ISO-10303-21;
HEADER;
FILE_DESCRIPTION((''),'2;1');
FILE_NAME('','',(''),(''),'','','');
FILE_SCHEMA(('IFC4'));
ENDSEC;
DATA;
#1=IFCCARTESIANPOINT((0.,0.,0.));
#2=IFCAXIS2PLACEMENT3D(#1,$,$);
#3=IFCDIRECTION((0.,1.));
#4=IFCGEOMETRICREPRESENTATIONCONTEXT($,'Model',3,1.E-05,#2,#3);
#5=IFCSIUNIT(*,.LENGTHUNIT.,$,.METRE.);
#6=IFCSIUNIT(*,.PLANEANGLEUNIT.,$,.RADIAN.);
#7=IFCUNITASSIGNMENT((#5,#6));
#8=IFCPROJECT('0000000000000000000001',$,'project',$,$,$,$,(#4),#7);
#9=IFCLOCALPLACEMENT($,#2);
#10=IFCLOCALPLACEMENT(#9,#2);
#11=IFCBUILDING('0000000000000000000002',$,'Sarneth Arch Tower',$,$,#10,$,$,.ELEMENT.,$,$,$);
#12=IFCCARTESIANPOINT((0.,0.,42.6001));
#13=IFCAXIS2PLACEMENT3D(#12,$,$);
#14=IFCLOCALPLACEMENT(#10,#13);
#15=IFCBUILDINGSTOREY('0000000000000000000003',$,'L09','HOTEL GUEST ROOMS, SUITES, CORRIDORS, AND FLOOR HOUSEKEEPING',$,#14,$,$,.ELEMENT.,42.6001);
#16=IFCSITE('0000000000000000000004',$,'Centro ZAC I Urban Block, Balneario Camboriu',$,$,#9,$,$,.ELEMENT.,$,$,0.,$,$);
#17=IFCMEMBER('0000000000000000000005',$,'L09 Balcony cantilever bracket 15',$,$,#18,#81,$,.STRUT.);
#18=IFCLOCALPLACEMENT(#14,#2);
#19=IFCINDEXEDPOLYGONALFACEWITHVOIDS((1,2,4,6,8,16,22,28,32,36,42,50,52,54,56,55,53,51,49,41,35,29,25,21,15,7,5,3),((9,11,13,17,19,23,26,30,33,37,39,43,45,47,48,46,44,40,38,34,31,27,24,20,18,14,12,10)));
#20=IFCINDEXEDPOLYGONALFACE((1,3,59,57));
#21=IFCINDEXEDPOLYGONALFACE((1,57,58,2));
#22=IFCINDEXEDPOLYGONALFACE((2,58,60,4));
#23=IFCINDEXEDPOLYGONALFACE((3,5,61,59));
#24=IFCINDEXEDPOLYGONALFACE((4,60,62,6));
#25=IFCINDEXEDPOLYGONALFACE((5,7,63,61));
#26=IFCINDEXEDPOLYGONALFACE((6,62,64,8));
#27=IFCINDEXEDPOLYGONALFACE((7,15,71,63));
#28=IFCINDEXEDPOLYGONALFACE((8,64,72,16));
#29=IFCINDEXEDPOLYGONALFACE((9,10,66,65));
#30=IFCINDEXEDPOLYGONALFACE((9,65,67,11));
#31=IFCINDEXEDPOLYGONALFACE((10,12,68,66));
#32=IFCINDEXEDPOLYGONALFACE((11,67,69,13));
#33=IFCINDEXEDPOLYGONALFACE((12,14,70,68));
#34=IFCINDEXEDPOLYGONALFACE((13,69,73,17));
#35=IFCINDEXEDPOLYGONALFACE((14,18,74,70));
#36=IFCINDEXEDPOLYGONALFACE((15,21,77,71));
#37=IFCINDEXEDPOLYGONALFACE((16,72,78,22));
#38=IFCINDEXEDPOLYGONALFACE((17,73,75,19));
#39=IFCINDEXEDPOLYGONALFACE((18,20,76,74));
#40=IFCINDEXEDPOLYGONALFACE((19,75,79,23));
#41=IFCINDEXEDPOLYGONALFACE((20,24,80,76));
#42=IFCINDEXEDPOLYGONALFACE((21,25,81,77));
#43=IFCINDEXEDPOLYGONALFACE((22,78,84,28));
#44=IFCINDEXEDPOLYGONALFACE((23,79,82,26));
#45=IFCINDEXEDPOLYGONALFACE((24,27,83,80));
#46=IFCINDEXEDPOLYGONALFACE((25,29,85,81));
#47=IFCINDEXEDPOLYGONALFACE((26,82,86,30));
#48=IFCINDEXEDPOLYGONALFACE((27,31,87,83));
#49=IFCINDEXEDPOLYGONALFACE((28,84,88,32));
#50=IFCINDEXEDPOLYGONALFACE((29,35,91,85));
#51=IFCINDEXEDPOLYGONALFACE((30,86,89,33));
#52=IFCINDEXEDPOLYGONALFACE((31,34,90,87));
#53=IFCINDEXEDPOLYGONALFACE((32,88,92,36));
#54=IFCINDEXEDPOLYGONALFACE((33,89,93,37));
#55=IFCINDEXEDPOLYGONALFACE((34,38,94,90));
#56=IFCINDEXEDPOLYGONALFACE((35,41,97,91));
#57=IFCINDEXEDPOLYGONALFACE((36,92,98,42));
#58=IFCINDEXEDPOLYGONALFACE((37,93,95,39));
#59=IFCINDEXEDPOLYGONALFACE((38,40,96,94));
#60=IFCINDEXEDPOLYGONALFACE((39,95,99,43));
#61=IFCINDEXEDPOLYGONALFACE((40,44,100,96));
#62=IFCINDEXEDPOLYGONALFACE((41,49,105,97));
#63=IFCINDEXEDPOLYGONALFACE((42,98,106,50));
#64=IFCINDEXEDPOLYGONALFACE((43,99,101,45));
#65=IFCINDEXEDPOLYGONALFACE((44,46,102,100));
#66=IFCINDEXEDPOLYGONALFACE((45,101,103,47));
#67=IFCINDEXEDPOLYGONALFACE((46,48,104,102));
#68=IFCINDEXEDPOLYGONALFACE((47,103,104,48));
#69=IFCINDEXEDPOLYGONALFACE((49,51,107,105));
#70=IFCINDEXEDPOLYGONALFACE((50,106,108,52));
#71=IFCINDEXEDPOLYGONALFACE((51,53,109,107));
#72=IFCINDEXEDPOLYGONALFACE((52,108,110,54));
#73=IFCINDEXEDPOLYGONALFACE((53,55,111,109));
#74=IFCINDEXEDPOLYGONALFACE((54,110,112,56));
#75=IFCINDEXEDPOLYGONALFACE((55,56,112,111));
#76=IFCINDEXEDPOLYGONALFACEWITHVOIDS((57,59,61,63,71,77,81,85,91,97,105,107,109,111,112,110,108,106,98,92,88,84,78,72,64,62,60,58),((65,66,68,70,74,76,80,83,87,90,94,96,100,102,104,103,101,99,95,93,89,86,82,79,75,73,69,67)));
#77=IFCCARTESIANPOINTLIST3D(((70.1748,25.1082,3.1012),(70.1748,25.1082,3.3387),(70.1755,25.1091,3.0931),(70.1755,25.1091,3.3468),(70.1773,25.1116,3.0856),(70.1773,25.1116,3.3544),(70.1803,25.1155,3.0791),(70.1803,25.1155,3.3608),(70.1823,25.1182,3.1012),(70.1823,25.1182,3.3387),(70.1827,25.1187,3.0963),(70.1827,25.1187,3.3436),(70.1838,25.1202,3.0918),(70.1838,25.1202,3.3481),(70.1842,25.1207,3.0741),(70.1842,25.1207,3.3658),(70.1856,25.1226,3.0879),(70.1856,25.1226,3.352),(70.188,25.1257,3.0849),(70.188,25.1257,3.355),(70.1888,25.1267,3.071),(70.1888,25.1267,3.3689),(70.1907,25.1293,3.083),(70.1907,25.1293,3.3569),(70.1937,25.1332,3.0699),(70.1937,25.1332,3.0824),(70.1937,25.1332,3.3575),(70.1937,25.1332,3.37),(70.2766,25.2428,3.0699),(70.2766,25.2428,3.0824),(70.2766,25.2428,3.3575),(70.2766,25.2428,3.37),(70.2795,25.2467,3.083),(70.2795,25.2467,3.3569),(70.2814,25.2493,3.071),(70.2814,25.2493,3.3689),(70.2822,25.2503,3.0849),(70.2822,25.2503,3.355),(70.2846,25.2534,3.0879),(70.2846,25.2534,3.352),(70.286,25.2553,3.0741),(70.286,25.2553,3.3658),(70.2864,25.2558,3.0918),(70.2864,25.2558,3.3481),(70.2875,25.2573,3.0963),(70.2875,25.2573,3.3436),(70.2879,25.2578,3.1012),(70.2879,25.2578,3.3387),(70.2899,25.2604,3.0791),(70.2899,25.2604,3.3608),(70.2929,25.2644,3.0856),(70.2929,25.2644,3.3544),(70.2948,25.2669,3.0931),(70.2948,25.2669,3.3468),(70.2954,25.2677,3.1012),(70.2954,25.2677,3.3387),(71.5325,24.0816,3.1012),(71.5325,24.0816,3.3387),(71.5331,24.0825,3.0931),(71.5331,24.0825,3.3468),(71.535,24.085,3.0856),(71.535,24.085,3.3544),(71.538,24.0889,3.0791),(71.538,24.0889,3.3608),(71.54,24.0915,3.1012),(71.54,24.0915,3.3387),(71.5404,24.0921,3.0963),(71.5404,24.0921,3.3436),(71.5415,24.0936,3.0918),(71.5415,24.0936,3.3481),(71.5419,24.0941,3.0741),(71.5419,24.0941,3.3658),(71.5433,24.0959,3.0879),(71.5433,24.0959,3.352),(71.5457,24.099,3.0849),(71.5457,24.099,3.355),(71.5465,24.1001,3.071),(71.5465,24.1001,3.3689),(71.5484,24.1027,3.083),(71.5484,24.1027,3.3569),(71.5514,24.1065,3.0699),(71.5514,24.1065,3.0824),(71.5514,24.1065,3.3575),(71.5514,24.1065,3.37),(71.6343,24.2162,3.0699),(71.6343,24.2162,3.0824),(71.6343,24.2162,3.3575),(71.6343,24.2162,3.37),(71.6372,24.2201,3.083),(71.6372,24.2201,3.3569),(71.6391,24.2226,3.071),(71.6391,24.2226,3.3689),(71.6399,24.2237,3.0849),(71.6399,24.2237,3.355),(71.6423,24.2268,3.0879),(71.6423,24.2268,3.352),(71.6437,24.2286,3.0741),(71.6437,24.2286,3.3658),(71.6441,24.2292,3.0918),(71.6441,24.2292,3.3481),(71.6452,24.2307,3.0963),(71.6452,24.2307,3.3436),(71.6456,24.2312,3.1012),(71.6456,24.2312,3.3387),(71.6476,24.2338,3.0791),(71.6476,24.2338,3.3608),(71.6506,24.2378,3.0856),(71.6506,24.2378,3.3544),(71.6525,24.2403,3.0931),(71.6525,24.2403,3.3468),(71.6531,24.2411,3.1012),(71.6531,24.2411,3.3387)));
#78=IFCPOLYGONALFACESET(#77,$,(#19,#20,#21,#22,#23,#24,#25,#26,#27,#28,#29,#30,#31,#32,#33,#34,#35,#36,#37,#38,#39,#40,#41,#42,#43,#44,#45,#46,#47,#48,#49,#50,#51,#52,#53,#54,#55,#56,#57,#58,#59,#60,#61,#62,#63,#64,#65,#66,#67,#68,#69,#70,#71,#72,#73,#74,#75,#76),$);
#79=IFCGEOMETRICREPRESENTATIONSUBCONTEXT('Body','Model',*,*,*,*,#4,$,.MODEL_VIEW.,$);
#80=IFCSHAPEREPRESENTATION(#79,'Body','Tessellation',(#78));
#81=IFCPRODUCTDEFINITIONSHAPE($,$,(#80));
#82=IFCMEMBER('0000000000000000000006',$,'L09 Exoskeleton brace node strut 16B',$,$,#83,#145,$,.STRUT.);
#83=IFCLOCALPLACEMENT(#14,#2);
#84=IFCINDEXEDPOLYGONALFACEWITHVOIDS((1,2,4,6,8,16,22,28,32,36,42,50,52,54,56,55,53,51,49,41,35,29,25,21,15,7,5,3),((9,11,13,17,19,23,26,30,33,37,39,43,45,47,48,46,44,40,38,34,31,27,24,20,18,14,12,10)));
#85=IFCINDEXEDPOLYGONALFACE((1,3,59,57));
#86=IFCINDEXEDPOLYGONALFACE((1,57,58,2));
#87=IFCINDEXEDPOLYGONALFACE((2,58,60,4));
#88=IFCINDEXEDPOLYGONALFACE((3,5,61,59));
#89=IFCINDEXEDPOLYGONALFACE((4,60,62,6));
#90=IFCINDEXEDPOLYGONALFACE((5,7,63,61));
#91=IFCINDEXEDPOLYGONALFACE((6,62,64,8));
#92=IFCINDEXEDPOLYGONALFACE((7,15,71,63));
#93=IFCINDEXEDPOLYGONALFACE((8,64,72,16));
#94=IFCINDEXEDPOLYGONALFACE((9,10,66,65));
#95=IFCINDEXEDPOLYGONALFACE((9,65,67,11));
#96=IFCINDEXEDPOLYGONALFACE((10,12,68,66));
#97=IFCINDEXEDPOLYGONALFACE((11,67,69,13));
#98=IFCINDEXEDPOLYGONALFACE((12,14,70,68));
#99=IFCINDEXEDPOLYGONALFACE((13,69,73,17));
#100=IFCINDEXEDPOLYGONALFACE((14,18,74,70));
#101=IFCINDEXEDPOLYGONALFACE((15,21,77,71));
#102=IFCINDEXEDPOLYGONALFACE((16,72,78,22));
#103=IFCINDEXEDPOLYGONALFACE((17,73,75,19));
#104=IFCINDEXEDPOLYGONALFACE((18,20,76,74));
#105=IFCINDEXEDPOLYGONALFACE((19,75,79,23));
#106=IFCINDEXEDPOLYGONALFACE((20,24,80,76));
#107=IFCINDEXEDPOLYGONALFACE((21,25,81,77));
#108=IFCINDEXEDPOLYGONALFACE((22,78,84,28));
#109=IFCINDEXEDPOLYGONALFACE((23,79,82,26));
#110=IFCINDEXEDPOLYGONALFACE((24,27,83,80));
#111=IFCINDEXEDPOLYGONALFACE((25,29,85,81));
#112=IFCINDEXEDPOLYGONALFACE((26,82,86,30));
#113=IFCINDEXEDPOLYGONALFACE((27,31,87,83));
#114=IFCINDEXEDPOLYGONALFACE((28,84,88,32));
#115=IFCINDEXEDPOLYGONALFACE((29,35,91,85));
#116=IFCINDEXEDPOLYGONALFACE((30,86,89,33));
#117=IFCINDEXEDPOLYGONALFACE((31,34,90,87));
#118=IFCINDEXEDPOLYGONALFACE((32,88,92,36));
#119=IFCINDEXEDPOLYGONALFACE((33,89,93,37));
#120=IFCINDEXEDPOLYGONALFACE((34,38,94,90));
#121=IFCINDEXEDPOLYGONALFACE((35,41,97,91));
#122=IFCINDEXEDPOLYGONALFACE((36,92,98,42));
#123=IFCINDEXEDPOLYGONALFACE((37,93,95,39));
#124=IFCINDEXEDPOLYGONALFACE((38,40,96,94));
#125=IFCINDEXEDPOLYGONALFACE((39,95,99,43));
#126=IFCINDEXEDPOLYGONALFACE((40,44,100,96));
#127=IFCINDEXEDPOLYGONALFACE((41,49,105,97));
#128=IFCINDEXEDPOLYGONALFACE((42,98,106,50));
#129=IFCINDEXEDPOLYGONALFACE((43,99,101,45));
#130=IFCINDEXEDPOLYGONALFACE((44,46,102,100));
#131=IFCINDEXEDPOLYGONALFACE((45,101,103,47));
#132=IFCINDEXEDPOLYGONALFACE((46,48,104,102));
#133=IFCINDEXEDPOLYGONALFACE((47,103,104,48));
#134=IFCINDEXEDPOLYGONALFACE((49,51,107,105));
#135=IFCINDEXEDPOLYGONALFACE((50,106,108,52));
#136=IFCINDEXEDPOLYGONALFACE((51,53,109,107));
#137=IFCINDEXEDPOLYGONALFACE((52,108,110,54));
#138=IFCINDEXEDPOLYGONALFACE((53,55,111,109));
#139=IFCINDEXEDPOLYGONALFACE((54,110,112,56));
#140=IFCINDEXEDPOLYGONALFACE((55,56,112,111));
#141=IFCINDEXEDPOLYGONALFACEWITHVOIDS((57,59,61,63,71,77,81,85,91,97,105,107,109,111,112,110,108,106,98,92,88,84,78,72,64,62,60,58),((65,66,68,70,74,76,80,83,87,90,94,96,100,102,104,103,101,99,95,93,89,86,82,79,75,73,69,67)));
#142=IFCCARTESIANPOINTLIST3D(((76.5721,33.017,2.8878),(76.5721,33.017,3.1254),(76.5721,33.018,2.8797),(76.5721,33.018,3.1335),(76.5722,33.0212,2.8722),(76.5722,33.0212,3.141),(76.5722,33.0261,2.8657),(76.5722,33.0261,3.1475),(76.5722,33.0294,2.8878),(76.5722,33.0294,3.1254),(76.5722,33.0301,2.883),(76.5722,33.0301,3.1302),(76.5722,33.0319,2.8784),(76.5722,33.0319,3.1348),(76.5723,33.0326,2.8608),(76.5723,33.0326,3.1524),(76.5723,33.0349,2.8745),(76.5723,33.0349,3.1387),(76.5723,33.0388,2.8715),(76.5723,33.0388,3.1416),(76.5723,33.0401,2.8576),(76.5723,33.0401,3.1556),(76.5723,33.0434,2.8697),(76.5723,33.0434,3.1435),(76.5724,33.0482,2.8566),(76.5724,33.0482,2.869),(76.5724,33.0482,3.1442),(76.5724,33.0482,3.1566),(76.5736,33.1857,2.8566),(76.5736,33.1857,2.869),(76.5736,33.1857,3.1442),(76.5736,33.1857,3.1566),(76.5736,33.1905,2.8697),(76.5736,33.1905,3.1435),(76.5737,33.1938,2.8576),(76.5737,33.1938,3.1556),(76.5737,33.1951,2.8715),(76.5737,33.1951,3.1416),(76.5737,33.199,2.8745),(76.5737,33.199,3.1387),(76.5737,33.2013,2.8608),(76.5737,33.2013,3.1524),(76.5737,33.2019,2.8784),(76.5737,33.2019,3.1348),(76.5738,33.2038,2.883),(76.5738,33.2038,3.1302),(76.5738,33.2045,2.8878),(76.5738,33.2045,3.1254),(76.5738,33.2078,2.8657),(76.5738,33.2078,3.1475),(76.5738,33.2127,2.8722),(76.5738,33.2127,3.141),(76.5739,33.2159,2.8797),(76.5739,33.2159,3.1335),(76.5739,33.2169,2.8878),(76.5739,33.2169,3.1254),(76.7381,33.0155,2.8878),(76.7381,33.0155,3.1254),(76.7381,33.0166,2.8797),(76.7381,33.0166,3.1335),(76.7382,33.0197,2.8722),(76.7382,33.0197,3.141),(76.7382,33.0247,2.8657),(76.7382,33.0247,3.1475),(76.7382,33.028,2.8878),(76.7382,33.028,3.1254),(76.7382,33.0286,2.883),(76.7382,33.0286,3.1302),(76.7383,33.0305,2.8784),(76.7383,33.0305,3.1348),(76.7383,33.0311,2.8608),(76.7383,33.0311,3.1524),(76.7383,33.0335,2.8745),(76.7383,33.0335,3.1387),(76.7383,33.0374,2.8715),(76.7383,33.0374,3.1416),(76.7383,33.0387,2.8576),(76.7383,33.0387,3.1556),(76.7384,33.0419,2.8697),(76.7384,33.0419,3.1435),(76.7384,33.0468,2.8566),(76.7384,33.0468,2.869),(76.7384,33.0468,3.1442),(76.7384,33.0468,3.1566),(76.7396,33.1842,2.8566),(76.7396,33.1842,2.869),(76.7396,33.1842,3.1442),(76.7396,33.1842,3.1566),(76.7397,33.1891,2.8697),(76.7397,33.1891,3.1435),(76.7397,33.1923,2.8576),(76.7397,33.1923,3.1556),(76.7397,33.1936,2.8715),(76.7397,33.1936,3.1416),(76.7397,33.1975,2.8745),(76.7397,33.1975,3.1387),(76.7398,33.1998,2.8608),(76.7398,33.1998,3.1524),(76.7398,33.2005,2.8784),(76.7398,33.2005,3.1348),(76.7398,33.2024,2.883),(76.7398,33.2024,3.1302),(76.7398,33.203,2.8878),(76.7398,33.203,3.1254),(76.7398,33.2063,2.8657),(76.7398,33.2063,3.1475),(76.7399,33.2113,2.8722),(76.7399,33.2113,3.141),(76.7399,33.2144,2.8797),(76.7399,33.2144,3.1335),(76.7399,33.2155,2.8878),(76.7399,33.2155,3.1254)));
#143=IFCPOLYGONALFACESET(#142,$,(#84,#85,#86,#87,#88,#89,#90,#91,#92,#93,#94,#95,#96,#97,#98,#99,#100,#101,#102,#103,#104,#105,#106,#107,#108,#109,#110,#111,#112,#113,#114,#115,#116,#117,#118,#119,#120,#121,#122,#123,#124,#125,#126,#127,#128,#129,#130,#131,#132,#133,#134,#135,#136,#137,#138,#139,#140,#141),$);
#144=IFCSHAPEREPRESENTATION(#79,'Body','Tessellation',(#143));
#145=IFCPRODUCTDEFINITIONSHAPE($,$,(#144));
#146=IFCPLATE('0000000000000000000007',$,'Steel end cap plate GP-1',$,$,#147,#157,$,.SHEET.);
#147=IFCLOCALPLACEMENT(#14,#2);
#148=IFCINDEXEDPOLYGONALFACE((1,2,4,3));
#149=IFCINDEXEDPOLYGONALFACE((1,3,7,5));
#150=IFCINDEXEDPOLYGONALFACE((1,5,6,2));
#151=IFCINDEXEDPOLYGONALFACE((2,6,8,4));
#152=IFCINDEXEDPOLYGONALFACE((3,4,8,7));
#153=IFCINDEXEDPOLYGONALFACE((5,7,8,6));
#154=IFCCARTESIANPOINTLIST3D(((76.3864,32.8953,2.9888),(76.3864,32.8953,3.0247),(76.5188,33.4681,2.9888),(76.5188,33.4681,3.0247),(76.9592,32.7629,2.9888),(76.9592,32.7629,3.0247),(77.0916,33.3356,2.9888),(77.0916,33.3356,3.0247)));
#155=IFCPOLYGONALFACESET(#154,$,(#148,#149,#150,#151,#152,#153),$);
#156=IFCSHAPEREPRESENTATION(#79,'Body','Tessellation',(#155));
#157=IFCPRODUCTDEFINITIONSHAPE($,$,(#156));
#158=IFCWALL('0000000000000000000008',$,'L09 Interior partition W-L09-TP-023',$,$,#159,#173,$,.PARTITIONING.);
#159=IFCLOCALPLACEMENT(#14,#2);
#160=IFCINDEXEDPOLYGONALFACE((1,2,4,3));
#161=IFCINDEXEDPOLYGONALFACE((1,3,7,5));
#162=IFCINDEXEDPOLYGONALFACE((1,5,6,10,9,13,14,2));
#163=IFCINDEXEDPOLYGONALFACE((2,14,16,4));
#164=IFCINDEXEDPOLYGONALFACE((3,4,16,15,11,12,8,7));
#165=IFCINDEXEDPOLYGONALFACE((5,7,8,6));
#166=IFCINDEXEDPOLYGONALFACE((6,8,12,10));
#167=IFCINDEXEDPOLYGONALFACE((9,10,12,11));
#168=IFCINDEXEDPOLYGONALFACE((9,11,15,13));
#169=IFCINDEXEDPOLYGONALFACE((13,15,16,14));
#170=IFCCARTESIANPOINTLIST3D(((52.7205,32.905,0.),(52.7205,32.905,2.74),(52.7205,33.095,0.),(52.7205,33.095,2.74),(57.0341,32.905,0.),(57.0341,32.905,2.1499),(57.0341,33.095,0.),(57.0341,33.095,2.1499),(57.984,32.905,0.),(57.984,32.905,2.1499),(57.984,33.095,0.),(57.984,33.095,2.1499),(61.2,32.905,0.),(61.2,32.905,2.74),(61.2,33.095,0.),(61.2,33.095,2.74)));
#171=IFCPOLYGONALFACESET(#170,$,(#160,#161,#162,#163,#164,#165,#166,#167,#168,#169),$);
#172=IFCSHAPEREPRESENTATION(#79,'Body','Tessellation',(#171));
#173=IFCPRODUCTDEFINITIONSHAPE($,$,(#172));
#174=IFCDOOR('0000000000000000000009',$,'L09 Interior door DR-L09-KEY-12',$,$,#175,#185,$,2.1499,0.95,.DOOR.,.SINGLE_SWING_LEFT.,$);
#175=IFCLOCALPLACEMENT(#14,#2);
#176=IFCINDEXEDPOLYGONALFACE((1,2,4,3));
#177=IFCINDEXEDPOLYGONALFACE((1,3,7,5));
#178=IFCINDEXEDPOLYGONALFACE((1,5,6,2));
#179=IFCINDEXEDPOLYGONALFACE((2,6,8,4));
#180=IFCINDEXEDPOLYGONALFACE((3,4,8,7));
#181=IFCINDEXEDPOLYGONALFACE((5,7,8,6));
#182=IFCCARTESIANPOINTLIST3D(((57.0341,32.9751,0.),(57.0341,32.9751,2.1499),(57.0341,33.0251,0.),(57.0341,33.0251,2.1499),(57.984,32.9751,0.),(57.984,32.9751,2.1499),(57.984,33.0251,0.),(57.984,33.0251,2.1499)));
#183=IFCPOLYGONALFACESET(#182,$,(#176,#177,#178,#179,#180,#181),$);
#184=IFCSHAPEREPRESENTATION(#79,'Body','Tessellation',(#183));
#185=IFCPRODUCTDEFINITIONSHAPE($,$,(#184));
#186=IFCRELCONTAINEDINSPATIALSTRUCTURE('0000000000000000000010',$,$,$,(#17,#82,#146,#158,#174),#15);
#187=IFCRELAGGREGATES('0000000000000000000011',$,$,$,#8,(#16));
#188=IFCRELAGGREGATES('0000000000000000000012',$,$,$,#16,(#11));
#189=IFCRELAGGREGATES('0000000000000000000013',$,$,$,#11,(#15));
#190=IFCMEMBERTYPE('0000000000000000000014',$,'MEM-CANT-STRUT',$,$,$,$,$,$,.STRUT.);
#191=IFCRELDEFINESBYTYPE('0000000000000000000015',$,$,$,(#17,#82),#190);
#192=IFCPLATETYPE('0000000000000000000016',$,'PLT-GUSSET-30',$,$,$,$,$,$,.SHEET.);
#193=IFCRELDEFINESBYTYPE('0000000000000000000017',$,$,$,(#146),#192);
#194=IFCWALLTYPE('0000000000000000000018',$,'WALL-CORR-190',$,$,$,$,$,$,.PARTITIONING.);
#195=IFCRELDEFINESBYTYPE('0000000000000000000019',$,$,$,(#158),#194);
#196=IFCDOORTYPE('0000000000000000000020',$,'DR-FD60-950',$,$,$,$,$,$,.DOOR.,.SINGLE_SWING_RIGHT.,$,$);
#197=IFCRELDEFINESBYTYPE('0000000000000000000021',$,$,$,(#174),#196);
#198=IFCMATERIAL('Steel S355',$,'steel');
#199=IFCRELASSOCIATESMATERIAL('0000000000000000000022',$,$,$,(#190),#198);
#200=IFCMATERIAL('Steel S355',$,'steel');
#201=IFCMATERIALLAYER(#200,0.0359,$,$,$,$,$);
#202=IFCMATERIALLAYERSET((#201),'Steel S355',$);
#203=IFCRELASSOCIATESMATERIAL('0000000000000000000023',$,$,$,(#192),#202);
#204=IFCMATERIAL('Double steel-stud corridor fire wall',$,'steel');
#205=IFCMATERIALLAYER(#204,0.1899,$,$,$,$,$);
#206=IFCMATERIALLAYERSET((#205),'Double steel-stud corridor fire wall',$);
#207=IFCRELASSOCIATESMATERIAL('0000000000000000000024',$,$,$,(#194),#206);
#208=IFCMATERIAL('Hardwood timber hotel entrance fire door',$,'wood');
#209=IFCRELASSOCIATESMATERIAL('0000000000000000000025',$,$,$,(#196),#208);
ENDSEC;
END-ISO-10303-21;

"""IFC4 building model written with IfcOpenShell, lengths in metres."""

from ifc_helpers import new_model, si_unit, direction, frame, frame_2d, origin, origin_2d, place, context, subcontext, project, spatial, rectangle, hollow_rectangle, extrude, material, layer, layer_set, material_profile, profile_set, type_object, element, fill, save


model = new_model("IFC4")

# Units and contexts
model_context = context("Model", 3, precision=1e-05, world=origin(), true_north=direction((0.0, 1.0)))
body_context = subcontext(model_context, "Body", "Model", "MODEL_VIEW")
ifc_project = project(units=[si_unit("LENGTHUNIT", "METRE"), si_unit("PLANEANGLEUNIT", "RADIAN")], contexts=[model_context])

# Site, building, storey
site_placement = place(None, origin())
site = spatial("IfcSite", under=ifc_project, at=site_placement, Name="Centro ZAC I Urban Block, Balneario Camboriu", CompositionType="ELEMENT", RefElevation=0.0)
building_placement = place(site_placement, origin())
building = spatial("IfcBuilding", under=site, at=building_placement, Name="Sarneth Arch Tower", CompositionType="ELEMENT")
storey_placement = place(building_placement, frame((0.0, 0.0, 42.6001)))
storey = spatial("IfcBuildingStorey", under=building, at=storey_placement, Name="L09", Description="HOTEL GUEST ROOMS, SUITES, CORRIDORS, AND FLOOR HOUSEKEEPING", CompositionType="ELEMENT", Elevation=42.6001)

# Members
ifc_material_1 = material(Name="Steel S355", Category="steel")
ifc_material_profile_1 = material_profile(ifc_material_1, hollow_rectangle(XDim=0.2, YDim=0.3, WallThickness=0.0125, InnerFilletRadius=0.0188, OuterFilletRadius=0.0312, at=origin_2d()), Name="RHS300x200x12.5")
ifc_profile_set_1 = profile_set([ifc_material_profile_1], Name="Steel S355")
member_type = type_object("IfcMemberType", Name="MEM-CANT-STRUT", PredefinedType="STRUT", material=ifc_profile_set_1)
member_1_placement = place(storey_placement, frame((70.2351, 25.188, 3.22), z_axis=(0.797636, -0.603139, 0.0), x_axis=(0.603139, 0.797636, 0.0)))
element("IfcMember", 1, at=member_1_placement, inside=storey, type_object=member_type, Name="L09 Balcony cantilever bracket 15", PredefinedType="STRUT", context=body_context, shape_type="SweptSolid", body=[
    extrude(hollow_rectangle(XDim=0.2, YDim=0.3, WallThickness=0.0125, InnerFilletRadius=0.0188, OuterFilletRadius=0.0312, at=origin_2d()), origin(), (0.0, 0.0, 1.0), 1.7021),
])
member_2_placement = place(storey_placement, frame((76.573, 33.1169, 3.0066), z_axis=(0.999961, -0.008823, 0.0), x_axis=(0.008823, 0.999961, 0.0)))
element("IfcMember", 2, at=member_2_placement, inside=storey, type_object=member_type, Name="L09 Exoskeleton brace node strut 16B", PredefinedType="STRUT", context=body_context, shape_type="SweptSolid", body=[
    extrude(hollow_rectangle(XDim=0.2, YDim=0.3, WallThickness=0.0125, InnerFilletRadius=0.0188, OuterFilletRadius=0.0312, at=origin_2d()), origin(), (0.0, 0.0, 1.0), 0.166),
])

# Plate
ifc_material_2 = material(Name="Steel S355", Category="steel")
ifc_layer_1 = layer(ifc_material_2, 0.0359)
ifc_layer_set_1 = layer_set([ifc_layer_1], Name="Steel S355")
plate_type = type_object("IfcPlateType", Name="PLT-GUSSET-30", PredefinedType="SHEET", material=ifc_layer_set_1)
plate_placement = place(storey_placement, frame((76.739, 33.1155, 2.9888), z_axis=(0.0, 0.0, 1.0), x_axis=(0.225291, 0.974291, 0.0)))
element("IfcPlate", 3, at=plate_placement, inside=storey, type_object=plate_type, Name="Steel end cap plate GP-1", PredefinedType="SHEET", context=body_context, shape_type="SweptSolid", body=[
    extrude(rectangle(XDim=0.5879, YDim=0.5879, at=origin_2d()), origin(), (0.0, 0.0, 1.0), 0.0359),
])

# Wall, opening, door
ifc_material_3 = material(Name="Double steel-stud corridor fire wall", Category="steel")
ifc_layer_2 = layer(ifc_material_3, 0.1899)
ifc_layer_set_2 = layer_set([ifc_layer_2], Name="Double steel-stud corridor fire wall")
wall_type_1 = type_object("IfcWallType", Name="WALL-CORR-190", PredefinedType="PARTITIONING", material=ifc_layer_set_2)
wall_1_placement = place(storey_placement, frame((61.2, 33.0, 0.0), z_axis=(0.0, 0.0, 1.0), x_axis=(-1.0, 0.0, 0.0)))
wall_1 = element("IfcWall", 4, at=wall_1_placement, inside=storey, type_object=wall_type_1, Name="L09 Interior partition W-L09-TP-023", PredefinedType="PARTITIONING", context=body_context, shape_type="SweptSolid", body=[
    extrude(rectangle(XDim=8.4795, YDim=0.1899, at=frame_2d((4.2397, 0.0))), origin(), (0.0, 0.0, 1.0), 2.74),
])
opening_1_placement = place(wall_1_placement, frame((3.2158, 0.0, 0.0)))
opening_1 = element("IfcOpeningElement", 5, at=opening_1_placement, cuts=wall_1, PredefinedType="OPENING", context=body_context, shape_type="SweptSolid", body=[
    extrude(rectangle(XDim=0.95, YDim=2.1499, at=frame_2d((0.4751, 1.075))), frame((0.0, 0.105, 0.0), z_axis=(0.0, -1.0, 0.0), x_axis=(1.0, 0.0, 0.0)), (0.0, 0.0, 1.0), 0.21),
])
ifc_material_4 = material(Name="Hardwood timber hotel entrance fire door", Category="wood")
door_type_1 = type_object("IfcDoorType", Name="DR-FD60-950", OperationType="SINGLE_SWING_RIGHT", PredefinedType="DOOR", material=ifc_material_4)
door_1_placement = place(opening_1_placement, origin())
door_1 = element("IfcDoor", 6, at=door_1_placement, inside=storey, type_object=door_type_1, Name="L09 Interior door DR-L09-KEY-12", OperationType="SINGLE_SWING_LEFT", OverallHeight=2.1499, OverallWidth=0.95, PredefinedType="DOOR", context=body_context, shape_type="SweptSolid", body=[
    extrude(rectangle(XDim=0.95, YDim=2.1499, at=frame_2d((0.4751, 1.075))), frame((0.0, 0.0249, 0.0), z_axis=(0.0, -1.0, 0.0), x_axis=(1.0, 0.0, 0.0)), (0.0, 0.0, 1.0), 0.05),
])
fill(opening_1, door_1)

save(model, "model.ifc")
